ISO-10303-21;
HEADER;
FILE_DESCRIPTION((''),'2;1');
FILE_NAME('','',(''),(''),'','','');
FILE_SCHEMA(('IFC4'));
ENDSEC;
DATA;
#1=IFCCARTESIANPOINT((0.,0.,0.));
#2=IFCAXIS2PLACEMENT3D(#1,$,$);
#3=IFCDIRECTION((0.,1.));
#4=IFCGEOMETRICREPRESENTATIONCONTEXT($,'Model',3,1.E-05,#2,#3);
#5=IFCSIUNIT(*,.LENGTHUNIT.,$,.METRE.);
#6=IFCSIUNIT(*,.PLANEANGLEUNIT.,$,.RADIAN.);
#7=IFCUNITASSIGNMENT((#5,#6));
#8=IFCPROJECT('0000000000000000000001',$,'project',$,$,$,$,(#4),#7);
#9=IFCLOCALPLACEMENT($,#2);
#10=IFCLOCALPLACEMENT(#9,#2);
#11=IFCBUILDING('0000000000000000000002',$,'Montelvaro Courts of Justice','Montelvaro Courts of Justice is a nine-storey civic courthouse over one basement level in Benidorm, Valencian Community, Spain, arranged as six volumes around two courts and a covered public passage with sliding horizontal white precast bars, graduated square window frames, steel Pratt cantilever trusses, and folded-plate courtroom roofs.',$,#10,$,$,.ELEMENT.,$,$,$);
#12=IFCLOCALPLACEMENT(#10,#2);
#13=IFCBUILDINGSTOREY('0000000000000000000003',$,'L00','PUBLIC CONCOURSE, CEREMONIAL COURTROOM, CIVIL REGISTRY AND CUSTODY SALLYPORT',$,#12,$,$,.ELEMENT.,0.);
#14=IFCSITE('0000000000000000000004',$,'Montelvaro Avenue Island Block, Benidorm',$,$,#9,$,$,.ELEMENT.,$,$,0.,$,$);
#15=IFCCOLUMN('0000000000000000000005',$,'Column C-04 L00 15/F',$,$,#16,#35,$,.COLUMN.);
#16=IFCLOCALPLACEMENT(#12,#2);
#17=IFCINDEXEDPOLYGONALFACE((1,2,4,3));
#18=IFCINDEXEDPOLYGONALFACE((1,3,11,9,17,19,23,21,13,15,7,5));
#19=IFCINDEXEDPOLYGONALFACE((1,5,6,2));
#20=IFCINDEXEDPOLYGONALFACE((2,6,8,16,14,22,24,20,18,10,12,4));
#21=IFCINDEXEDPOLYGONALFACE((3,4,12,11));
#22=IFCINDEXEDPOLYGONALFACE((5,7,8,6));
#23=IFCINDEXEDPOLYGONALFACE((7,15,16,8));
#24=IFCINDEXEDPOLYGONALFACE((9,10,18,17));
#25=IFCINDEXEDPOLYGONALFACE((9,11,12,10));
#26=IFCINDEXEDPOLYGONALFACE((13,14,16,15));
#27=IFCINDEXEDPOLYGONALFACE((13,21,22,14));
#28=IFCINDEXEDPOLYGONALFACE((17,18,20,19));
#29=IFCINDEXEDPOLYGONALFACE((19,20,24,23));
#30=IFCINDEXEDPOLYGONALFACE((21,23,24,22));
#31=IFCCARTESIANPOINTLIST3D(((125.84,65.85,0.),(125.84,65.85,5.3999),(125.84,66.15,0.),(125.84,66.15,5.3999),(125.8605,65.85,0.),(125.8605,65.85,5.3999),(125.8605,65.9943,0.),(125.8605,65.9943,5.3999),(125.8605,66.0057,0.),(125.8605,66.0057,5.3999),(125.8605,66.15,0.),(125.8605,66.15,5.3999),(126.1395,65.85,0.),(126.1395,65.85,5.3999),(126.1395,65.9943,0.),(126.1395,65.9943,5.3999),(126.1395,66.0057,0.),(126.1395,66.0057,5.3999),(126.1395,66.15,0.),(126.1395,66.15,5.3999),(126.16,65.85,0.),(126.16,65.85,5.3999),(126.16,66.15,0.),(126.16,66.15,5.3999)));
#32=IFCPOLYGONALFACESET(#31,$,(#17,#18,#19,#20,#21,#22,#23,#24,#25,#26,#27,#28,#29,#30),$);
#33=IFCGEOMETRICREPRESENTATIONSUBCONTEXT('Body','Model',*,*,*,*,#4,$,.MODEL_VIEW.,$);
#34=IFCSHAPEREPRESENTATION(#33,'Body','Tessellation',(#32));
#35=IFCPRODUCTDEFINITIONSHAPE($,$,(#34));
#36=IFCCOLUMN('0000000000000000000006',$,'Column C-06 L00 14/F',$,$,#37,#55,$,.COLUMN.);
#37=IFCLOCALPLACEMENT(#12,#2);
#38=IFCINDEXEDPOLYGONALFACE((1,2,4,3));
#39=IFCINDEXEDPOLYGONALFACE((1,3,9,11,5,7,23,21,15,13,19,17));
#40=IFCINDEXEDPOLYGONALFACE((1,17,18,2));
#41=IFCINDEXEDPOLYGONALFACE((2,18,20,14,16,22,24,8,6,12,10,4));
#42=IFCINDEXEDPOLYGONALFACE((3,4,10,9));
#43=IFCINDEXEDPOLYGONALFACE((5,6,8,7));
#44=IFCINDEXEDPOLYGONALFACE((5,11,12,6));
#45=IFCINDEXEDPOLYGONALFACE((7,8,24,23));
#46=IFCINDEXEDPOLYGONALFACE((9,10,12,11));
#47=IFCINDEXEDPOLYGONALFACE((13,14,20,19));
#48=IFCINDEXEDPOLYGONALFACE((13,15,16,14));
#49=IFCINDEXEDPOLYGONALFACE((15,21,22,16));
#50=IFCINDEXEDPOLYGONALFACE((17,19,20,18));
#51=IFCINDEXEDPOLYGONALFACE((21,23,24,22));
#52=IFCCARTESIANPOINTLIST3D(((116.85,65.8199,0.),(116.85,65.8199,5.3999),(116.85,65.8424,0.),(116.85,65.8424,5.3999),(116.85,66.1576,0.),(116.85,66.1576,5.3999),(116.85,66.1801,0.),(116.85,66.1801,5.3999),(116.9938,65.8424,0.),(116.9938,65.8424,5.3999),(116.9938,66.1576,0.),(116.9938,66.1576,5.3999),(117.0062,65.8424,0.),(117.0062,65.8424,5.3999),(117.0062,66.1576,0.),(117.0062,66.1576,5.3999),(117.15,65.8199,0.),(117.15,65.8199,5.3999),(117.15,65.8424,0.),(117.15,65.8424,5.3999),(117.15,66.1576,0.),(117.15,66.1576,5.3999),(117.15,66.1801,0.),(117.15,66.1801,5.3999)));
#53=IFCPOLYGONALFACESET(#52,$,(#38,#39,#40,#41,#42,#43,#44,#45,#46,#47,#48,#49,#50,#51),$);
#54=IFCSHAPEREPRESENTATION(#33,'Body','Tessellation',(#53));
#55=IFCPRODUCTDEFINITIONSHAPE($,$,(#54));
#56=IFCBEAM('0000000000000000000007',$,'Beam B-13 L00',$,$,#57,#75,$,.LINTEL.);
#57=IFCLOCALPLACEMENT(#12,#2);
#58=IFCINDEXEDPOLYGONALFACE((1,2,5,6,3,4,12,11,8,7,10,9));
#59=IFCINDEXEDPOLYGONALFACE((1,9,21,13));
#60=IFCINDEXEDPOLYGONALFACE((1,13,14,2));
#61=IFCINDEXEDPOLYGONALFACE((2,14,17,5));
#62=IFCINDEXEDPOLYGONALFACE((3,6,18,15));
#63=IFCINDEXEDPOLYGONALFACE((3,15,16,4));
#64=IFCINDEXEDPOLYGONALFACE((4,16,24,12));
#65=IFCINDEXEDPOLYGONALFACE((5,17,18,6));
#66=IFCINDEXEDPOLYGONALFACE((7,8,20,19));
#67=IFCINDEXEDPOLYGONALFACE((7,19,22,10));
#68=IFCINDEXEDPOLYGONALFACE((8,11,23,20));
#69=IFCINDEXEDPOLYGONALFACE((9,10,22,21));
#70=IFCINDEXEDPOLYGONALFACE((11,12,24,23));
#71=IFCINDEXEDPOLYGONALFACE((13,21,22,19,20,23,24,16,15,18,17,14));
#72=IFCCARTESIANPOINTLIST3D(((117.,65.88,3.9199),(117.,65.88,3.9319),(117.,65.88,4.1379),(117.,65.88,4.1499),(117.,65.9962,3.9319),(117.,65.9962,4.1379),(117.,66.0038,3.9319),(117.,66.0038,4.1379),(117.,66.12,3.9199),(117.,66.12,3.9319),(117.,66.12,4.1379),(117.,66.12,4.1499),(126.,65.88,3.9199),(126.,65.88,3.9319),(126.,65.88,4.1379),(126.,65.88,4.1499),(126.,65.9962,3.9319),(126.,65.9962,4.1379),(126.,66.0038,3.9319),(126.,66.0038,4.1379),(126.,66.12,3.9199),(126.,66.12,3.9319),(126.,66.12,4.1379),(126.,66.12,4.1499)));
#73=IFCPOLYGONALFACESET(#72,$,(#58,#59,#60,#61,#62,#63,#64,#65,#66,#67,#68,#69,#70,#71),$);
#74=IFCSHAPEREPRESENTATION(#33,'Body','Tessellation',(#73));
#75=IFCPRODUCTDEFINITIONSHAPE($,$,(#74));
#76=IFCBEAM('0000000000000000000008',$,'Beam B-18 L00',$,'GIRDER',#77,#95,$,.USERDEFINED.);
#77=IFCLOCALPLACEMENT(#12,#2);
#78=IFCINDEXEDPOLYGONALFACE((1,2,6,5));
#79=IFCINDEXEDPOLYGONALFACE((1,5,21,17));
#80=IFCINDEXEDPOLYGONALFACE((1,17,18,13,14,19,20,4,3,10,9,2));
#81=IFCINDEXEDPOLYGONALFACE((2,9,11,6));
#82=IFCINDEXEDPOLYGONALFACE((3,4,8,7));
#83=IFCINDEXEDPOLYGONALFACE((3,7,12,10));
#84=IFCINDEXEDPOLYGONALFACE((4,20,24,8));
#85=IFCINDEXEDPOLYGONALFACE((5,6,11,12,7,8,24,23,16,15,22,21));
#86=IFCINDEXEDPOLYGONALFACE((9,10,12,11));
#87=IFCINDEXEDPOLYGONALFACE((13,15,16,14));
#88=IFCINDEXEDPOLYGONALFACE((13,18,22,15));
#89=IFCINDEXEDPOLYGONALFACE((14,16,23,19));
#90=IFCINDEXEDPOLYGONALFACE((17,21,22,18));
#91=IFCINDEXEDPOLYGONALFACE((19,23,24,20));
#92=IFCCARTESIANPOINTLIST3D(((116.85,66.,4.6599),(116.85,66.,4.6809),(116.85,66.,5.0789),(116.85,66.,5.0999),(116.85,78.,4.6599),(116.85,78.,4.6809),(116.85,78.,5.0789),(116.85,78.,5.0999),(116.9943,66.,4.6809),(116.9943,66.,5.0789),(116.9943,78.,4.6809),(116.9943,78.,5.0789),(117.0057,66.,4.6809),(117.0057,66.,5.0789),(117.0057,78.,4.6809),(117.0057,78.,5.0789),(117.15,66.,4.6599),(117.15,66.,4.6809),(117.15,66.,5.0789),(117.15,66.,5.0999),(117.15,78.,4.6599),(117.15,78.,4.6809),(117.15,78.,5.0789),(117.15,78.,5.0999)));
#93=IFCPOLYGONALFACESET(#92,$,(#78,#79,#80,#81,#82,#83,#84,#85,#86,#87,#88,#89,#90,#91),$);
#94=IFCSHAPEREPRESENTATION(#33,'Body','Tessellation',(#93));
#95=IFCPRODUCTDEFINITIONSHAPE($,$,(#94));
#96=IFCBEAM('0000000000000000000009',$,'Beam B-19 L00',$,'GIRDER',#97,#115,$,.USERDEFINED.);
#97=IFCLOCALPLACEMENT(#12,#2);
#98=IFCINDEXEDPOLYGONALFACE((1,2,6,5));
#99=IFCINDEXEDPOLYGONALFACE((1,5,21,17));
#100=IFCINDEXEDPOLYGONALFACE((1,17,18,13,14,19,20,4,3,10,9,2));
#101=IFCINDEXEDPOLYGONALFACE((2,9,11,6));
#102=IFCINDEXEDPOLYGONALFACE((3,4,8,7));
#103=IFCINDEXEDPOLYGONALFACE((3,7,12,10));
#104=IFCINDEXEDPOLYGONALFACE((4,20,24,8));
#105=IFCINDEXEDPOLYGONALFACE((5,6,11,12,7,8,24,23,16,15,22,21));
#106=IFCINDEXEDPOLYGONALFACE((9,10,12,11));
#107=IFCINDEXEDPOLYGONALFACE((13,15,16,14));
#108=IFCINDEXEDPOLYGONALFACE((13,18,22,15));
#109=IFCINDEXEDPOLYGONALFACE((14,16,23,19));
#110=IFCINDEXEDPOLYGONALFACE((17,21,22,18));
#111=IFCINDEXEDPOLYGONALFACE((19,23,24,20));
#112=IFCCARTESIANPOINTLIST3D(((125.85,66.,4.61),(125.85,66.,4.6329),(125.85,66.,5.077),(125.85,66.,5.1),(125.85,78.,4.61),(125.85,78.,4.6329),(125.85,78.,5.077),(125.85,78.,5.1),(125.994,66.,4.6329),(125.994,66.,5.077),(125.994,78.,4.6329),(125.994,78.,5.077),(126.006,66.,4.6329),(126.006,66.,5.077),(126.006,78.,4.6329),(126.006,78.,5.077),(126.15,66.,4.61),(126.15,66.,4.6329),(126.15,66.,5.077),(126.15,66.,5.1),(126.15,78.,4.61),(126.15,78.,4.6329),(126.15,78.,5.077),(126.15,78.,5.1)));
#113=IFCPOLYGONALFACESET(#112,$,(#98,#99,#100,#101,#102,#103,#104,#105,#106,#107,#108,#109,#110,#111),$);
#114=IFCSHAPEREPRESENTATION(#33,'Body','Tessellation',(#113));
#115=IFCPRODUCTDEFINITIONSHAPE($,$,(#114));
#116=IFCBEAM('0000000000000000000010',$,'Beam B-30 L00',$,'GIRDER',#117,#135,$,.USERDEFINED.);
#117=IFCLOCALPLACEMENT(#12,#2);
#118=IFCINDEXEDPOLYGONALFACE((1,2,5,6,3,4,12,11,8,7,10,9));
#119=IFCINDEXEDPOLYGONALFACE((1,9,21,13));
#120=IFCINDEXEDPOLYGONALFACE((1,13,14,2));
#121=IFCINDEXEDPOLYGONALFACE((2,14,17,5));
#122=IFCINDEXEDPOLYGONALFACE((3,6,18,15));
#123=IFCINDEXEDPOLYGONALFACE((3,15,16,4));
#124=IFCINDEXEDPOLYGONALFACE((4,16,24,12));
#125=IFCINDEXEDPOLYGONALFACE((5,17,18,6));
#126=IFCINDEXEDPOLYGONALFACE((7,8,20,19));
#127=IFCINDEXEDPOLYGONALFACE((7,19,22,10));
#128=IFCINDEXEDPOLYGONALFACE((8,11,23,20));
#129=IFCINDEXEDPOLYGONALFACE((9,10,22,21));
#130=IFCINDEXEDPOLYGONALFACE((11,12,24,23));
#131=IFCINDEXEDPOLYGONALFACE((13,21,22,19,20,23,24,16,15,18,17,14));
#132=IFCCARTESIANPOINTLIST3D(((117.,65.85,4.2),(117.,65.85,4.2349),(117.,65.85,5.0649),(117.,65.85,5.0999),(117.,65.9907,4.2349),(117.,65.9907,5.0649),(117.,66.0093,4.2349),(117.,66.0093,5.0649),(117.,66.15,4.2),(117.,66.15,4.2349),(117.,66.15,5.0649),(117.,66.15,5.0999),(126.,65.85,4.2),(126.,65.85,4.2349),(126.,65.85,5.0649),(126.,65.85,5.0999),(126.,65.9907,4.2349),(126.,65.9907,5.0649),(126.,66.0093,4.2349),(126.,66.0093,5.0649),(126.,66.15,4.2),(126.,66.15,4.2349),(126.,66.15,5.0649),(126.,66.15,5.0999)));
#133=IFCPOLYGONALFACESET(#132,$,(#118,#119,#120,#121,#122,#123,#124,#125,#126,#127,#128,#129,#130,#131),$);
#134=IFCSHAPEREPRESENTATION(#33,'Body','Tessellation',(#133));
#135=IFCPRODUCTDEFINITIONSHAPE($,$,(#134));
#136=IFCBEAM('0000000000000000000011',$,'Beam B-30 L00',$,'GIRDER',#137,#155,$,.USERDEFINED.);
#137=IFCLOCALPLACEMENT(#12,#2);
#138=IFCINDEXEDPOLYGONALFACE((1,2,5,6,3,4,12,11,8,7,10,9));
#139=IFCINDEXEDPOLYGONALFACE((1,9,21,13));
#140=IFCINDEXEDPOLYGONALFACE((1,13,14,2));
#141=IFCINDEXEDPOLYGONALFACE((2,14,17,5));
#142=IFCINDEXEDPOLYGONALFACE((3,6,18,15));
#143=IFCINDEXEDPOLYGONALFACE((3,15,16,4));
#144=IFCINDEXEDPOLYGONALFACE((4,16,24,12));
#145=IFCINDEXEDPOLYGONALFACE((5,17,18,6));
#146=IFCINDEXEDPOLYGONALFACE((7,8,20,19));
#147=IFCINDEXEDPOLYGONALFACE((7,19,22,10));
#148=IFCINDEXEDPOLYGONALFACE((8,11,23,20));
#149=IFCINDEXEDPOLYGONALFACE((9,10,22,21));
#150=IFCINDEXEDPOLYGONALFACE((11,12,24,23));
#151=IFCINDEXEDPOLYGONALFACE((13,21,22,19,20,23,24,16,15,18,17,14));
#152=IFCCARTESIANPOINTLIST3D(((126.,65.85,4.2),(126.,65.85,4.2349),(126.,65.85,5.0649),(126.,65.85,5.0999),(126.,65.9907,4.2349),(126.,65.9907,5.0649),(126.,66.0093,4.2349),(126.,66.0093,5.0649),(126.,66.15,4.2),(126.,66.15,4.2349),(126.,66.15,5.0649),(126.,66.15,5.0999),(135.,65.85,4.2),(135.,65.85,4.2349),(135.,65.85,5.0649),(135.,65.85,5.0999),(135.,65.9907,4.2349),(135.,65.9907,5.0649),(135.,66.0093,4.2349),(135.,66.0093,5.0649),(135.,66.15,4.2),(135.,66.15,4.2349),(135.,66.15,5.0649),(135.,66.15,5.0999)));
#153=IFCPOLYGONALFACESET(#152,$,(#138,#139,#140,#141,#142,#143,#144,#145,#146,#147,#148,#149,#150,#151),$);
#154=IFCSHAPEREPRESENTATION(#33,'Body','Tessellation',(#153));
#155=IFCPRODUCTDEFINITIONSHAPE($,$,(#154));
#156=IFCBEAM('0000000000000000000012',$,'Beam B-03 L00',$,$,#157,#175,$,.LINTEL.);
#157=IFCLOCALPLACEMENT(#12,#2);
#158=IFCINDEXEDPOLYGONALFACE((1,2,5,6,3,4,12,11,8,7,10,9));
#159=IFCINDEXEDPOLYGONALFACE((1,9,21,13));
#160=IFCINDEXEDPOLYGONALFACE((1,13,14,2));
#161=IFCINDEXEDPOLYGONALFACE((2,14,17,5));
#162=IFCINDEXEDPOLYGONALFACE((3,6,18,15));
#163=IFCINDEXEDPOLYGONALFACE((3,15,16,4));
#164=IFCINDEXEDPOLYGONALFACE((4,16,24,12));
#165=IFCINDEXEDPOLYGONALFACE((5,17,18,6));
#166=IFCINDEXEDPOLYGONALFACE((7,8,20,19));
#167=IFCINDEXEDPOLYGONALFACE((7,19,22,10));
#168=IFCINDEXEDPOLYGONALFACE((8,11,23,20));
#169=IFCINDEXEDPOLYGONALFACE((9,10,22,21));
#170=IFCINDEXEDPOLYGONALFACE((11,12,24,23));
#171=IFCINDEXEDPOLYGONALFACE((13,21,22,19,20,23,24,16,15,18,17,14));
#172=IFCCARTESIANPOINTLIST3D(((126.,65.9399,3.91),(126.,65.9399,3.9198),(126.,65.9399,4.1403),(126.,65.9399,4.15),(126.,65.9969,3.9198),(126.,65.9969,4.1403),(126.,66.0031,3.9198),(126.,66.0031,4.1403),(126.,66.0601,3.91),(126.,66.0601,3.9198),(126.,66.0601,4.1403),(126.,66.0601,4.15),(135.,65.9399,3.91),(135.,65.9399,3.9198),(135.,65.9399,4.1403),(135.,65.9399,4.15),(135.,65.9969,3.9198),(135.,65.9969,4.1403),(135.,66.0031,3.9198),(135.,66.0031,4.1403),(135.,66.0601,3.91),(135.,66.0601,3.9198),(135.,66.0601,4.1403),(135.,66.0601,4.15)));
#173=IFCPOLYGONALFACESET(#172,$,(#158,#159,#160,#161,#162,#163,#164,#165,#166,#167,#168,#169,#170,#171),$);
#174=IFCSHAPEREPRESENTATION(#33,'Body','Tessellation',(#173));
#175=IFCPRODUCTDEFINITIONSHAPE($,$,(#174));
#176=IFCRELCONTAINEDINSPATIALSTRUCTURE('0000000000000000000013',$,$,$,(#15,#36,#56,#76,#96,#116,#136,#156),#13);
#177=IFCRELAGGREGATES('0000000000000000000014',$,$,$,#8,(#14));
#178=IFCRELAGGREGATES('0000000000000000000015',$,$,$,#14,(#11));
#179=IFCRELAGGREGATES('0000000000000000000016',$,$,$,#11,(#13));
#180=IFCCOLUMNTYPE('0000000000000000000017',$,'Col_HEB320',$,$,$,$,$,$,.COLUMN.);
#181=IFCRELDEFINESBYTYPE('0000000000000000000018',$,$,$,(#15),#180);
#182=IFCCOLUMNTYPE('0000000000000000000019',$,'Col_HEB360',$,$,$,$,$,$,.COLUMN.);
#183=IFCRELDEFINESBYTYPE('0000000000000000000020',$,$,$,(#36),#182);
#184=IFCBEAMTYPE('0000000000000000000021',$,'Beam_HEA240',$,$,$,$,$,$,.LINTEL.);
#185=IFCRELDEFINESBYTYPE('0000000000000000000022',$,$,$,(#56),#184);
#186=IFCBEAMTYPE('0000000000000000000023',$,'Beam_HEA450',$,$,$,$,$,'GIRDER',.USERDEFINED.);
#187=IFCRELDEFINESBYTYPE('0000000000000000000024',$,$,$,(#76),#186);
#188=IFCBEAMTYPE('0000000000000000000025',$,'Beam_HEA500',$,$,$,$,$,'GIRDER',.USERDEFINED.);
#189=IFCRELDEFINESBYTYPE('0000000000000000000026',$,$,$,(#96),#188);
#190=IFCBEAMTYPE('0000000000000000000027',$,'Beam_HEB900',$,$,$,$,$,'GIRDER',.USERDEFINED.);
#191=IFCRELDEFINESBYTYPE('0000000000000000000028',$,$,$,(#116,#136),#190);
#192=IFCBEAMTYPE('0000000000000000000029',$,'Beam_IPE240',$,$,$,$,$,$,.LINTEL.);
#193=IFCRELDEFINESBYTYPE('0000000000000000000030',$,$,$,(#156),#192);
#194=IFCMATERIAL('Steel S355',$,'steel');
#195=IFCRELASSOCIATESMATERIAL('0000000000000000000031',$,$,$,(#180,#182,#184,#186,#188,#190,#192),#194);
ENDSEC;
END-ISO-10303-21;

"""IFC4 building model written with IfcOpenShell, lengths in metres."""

from ifc_helpers import new_model, si_unit, direction, frame, origin, origin_2d, place, context, subcontext, project, spatial, i_section, extrude, material, material_profile, profile_set, type_object, element, save


model = new_model("IFC4")

# Units and contexts
model_context = context("Model", 3, precision=1e-05, world=origin(), true_north=direction((0.0, 1.0)))
body_context = subcontext(model_context, "Body", "Model", "MODEL_VIEW")
ifc_project = project(units=[si_unit("LENGTHUNIT", "METRE"), si_unit("PLANEANGLEUNIT", "RADIAN")], contexts=[model_context])

# Site, building, storey
site_placement = place(None, origin())
site = spatial("IfcSite", under=ifc_project, at=site_placement, Name="Montelvaro Avenue Island Block, Benidorm", CompositionType="ELEMENT", RefElevation=0.0)
building_placement = place(site_placement, origin())
building = spatial("IfcBuilding", under=site, at=building_placement, Name="Montelvaro Courts of Justice", Description="Montelvaro Courts of Justice is a nine-storey civic courthouse over one basement level in Benidorm, Valencian Community, Spain, arranged as six volumes around two courts and a covered public passage with sliding horizontal white precast bars, graduated square window frames, steel Pratt cantilever trusses, and folded-plate courtroom roofs.", CompositionType="ELEMENT")
storey_placement = place(building_placement, origin())
storey = spatial("IfcBuildingStorey", under=building, at=storey_placement, Name="L00", Description="PUBLIC CONCOURSE, CEREMONIAL COURTROOM, CIVIL REGISTRY AND CUSTODY SALLYPORT", CompositionType="ELEMENT", Elevation=0.0)

# Columns
ifc_material_1 = material(Name="Steel S355", Category="steel")
ifc_material_profile_1 = material_profile(ifc_material_1, i_section(OverallWidth=0.3, OverallDepth=0.3201, WebThickness=0.0115, FlangeThickness=0.0205, at=origin_2d()), Name="HEB 320")
ifc_profile_set_1 = profile_set([ifc_material_profile_1], Name="Steel S355")
column_type_1 = type_object("IfcColumnType", Name="Col_HEB320", PredefinedType="COLUMN", material=ifc_profile_set_1)
column_1_placement = place(storey_placement, frame((126.0, 66.0, 0.0), z_axis=(0.0, 0.0, 1.0), x_axis=(0.0, 1.0, 0.0)))
element("IfcColumn", 1, at=column_1_placement, inside=storey, type_object=column_type_1, Name="Column C-04 L00 15/F", PredefinedType="COLUMN", context=body_context, shape_type="SweptSolid", body=[
    extrude(i_section(OverallWidth=0.3, OverallDepth=0.3201, WebThickness=0.0115, FlangeThickness=0.0205, at=origin_2d()), origin(), (0.0, 0.0, 1.0), 5.3999),
])
ifc_material_profile_2 = material_profile(ifc_material_1, i_section(OverallWidth=0.3, OverallDepth=0.3601, WebThickness=0.0125, FlangeThickness=0.0225, at=origin_2d()), Name="HEB 360")
ifc_profile_set_2 = profile_set([ifc_material_profile_2], Name="Steel S355")
column_type_2 = type_object("IfcColumnType", Name="Col_HEB360", PredefinedType="COLUMN", material=ifc_profile_set_2)
column_2_placement = place(storey_placement, frame((117.0, 66.0, 0.0), z_axis=(0.0, 0.0, 1.0), x_axis=(1.0, 0.0, 0.0)))
element("IfcColumn", 2, at=column_2_placement, inside=storey, type_object=column_type_2, Name="Column C-06 L00 14/F", PredefinedType="COLUMN", context=body_context, shape_type="SweptSolid", body=[
    extrude(i_section(OverallWidth=0.3, OverallDepth=0.3601, WebThickness=0.0125, FlangeThickness=0.0225, at=origin_2d()), origin(), (0.0, 0.0, 1.0), 5.3999),
])

# Beams
ifc_material_profile_3 = material_profile(ifc_material_1, i_section(OverallWidth=0.24, OverallDepth=0.23, WebThickness=0.0076, FlangeThickness=0.012, at=origin_2d()), Name="HEA 240")
ifc_profile_set_3 = profile_set([ifc_material_profile_3], Name="Steel S355")
beam_type_1 = type_object("IfcBeamType", Name="Beam_HEA240", PredefinedType="LINTEL", material=ifc_profile_set_3)
beam_1_placement = place(storey_placement, frame((117.0, 66.0, 4.0349), z_axis=(1.0, 0.0, 0.0), x_axis=(0.0, 1.0, 0.0)))
element("IfcBeam", 3, at=beam_1_placement, inside=storey, type_object=beam_type_1, Name="Beam B-13 L00", PredefinedType="LINTEL", context=body_context, shape_type="SweptSolid", body=[
    extrude(i_section(OverallWidth=0.24, OverallDepth=0.23, WebThickness=0.0076, FlangeThickness=0.012, at=origin_2d()), origin(), (0.0, 0.0, 1.0), 9.0),
])
ifc_material_profile_4 = material_profile(ifc_material_1, i_section(OverallWidth=0.3, OverallDepth=0.4399, WebThickness=0.0115, FlangeThickness=0.021, at=origin_2d()), Name="HEA 450")
ifc_profile_set_4 = profile_set([ifc_material_profile_4], Name="Steel S355")
beam_type_2 = type_object("IfcBeamType", Name="Beam_HEA450", ElementType="GIRDER", PredefinedType="USERDEFINED", material=ifc_profile_set_4)
beam_2_placement = place(storey_placement, frame((117.0, 66.0, 4.8799), z_axis=(0.0, 1.0, 0.0), x_axis=(-1.0, 0.0, 0.0)))
element("IfcBeam", 4, at=beam_2_placement, inside=storey, type_object=beam_type_2, Name="Beam B-18 L00", ObjectType="GIRDER", PredefinedType="USERDEFINED", context=body_context, shape_type="SweptSolid", body=[
    extrude(i_section(OverallWidth=0.3, OverallDepth=0.4399, WebThickness=0.0115, FlangeThickness=0.021, at=origin_2d()), origin(), (0.0, 0.0, 1.0), 12.0),
])
ifc_material_profile_5 = material_profile(ifc_material_1, i_section(OverallWidth=0.3, OverallDepth=0.49, WebThickness=0.012, FlangeThickness=0.0229, at=origin_2d()), Name="HEA 500")
ifc_profile_set_5 = profile_set([ifc_material_profile_5], Name="Steel S355")
beam_type_3 = type_object("IfcBeamType", Name="Beam_HEA500", ElementType="GIRDER", PredefinedType="USERDEFINED", material=ifc_profile_set_5)
beam_3_placement = place(storey_placement, frame((126.0, 66.0, 4.855), z_axis=(0.0, 1.0, 0.0), x_axis=(-1.0, 0.0, 0.0)))
element("IfcBeam", 5, at=beam_3_placement, inside=storey, type_object=beam_type_3, Name="Beam B-19 L00", ObjectType="GIRDER", PredefinedType="USERDEFINED", context=body_context, shape_type="SweptSolid", body=[
    extrude(i_section(OverallWidth=0.3, OverallDepth=0.49, WebThickness=0.012, FlangeThickness=0.0229, at=origin_2d()), origin(), (0.0, 0.0, 1.0), 12.0),
])
ifc_material_profile_6 = material_profile(ifc_material_1, i_section(OverallWidth=0.3, OverallDepth=0.8999, WebThickness=0.0186, FlangeThickness=0.0349, at=origin_2d()), Name="HEB 900")
ifc_profile_set_6 = profile_set([ifc_material_profile_6], Name="Steel S355")
beam_type_4 = type_object("IfcBeamType", Name="Beam_HEB900", ElementType="GIRDER", PredefinedType="USERDEFINED", material=ifc_profile_set_6)
for number, where, z_axis, x_axis, name in (
    (6, (117.0, 66.0, 4.6499), (1.0, 0.0, 0.0), (0.0, 1.0, 0.0), "Beam B-30 L00"),
    (7, (126.0, 66.0, 4.6499), (1.0, 0.0, 0.0), (0.0, 1.0, 0.0), "Beam B-30 L00"),
):
    element("IfcBeam", number, at=place(storey_placement, frame(where, z_axis=z_axis, x_axis=x_axis)), inside=storey, type_object=beam_type_4, Name=name, ObjectType="GIRDER", PredefinedType="USERDEFINED", context=body_context, shape_type="SweptSolid", body=[
        extrude(i_section(OverallWidth=0.3, OverallDepth=0.8999, WebThickness=0.0186, FlangeThickness=0.0349, at=origin_2d()), origin(), (0.0, 0.0, 1.0), 9.0),
    ])
ifc_material_profile_7 = material_profile(ifc_material_1, i_section(OverallWidth=0.1201, OverallDepth=0.24, WebThickness=0.0061, FlangeThickness=0.0098, at=origin_2d()), Name="IPE 240")
ifc_profile_set_7 = profile_set([ifc_material_profile_7], Name="Steel S355")
beam_type_5 = type_object("IfcBeamType", Name="Beam_IPE240", PredefinedType="LINTEL", material=ifc_profile_set_7)
beam_4_placement = place(storey_placement, frame((126.0, 66.0, 4.03), z_axis=(1.0, 0.0, 0.0), x_axis=(0.0, 1.0, 0.0)))
element("IfcBeam", 8, at=beam_4_placement, inside=storey, type_object=beam_type_5, Name="Beam B-03 L00", PredefinedType="LINTEL", context=body_context, shape_type="SweptSolid", body=[
    extrude(i_section(OverallWidth=0.1201, OverallDepth=0.24, WebThickness=0.0061, FlangeThickness=0.0098, at=origin_2d()), origin(), (0.0, 0.0, 1.0), 9.0),
])

save(model, "model.ifc")
